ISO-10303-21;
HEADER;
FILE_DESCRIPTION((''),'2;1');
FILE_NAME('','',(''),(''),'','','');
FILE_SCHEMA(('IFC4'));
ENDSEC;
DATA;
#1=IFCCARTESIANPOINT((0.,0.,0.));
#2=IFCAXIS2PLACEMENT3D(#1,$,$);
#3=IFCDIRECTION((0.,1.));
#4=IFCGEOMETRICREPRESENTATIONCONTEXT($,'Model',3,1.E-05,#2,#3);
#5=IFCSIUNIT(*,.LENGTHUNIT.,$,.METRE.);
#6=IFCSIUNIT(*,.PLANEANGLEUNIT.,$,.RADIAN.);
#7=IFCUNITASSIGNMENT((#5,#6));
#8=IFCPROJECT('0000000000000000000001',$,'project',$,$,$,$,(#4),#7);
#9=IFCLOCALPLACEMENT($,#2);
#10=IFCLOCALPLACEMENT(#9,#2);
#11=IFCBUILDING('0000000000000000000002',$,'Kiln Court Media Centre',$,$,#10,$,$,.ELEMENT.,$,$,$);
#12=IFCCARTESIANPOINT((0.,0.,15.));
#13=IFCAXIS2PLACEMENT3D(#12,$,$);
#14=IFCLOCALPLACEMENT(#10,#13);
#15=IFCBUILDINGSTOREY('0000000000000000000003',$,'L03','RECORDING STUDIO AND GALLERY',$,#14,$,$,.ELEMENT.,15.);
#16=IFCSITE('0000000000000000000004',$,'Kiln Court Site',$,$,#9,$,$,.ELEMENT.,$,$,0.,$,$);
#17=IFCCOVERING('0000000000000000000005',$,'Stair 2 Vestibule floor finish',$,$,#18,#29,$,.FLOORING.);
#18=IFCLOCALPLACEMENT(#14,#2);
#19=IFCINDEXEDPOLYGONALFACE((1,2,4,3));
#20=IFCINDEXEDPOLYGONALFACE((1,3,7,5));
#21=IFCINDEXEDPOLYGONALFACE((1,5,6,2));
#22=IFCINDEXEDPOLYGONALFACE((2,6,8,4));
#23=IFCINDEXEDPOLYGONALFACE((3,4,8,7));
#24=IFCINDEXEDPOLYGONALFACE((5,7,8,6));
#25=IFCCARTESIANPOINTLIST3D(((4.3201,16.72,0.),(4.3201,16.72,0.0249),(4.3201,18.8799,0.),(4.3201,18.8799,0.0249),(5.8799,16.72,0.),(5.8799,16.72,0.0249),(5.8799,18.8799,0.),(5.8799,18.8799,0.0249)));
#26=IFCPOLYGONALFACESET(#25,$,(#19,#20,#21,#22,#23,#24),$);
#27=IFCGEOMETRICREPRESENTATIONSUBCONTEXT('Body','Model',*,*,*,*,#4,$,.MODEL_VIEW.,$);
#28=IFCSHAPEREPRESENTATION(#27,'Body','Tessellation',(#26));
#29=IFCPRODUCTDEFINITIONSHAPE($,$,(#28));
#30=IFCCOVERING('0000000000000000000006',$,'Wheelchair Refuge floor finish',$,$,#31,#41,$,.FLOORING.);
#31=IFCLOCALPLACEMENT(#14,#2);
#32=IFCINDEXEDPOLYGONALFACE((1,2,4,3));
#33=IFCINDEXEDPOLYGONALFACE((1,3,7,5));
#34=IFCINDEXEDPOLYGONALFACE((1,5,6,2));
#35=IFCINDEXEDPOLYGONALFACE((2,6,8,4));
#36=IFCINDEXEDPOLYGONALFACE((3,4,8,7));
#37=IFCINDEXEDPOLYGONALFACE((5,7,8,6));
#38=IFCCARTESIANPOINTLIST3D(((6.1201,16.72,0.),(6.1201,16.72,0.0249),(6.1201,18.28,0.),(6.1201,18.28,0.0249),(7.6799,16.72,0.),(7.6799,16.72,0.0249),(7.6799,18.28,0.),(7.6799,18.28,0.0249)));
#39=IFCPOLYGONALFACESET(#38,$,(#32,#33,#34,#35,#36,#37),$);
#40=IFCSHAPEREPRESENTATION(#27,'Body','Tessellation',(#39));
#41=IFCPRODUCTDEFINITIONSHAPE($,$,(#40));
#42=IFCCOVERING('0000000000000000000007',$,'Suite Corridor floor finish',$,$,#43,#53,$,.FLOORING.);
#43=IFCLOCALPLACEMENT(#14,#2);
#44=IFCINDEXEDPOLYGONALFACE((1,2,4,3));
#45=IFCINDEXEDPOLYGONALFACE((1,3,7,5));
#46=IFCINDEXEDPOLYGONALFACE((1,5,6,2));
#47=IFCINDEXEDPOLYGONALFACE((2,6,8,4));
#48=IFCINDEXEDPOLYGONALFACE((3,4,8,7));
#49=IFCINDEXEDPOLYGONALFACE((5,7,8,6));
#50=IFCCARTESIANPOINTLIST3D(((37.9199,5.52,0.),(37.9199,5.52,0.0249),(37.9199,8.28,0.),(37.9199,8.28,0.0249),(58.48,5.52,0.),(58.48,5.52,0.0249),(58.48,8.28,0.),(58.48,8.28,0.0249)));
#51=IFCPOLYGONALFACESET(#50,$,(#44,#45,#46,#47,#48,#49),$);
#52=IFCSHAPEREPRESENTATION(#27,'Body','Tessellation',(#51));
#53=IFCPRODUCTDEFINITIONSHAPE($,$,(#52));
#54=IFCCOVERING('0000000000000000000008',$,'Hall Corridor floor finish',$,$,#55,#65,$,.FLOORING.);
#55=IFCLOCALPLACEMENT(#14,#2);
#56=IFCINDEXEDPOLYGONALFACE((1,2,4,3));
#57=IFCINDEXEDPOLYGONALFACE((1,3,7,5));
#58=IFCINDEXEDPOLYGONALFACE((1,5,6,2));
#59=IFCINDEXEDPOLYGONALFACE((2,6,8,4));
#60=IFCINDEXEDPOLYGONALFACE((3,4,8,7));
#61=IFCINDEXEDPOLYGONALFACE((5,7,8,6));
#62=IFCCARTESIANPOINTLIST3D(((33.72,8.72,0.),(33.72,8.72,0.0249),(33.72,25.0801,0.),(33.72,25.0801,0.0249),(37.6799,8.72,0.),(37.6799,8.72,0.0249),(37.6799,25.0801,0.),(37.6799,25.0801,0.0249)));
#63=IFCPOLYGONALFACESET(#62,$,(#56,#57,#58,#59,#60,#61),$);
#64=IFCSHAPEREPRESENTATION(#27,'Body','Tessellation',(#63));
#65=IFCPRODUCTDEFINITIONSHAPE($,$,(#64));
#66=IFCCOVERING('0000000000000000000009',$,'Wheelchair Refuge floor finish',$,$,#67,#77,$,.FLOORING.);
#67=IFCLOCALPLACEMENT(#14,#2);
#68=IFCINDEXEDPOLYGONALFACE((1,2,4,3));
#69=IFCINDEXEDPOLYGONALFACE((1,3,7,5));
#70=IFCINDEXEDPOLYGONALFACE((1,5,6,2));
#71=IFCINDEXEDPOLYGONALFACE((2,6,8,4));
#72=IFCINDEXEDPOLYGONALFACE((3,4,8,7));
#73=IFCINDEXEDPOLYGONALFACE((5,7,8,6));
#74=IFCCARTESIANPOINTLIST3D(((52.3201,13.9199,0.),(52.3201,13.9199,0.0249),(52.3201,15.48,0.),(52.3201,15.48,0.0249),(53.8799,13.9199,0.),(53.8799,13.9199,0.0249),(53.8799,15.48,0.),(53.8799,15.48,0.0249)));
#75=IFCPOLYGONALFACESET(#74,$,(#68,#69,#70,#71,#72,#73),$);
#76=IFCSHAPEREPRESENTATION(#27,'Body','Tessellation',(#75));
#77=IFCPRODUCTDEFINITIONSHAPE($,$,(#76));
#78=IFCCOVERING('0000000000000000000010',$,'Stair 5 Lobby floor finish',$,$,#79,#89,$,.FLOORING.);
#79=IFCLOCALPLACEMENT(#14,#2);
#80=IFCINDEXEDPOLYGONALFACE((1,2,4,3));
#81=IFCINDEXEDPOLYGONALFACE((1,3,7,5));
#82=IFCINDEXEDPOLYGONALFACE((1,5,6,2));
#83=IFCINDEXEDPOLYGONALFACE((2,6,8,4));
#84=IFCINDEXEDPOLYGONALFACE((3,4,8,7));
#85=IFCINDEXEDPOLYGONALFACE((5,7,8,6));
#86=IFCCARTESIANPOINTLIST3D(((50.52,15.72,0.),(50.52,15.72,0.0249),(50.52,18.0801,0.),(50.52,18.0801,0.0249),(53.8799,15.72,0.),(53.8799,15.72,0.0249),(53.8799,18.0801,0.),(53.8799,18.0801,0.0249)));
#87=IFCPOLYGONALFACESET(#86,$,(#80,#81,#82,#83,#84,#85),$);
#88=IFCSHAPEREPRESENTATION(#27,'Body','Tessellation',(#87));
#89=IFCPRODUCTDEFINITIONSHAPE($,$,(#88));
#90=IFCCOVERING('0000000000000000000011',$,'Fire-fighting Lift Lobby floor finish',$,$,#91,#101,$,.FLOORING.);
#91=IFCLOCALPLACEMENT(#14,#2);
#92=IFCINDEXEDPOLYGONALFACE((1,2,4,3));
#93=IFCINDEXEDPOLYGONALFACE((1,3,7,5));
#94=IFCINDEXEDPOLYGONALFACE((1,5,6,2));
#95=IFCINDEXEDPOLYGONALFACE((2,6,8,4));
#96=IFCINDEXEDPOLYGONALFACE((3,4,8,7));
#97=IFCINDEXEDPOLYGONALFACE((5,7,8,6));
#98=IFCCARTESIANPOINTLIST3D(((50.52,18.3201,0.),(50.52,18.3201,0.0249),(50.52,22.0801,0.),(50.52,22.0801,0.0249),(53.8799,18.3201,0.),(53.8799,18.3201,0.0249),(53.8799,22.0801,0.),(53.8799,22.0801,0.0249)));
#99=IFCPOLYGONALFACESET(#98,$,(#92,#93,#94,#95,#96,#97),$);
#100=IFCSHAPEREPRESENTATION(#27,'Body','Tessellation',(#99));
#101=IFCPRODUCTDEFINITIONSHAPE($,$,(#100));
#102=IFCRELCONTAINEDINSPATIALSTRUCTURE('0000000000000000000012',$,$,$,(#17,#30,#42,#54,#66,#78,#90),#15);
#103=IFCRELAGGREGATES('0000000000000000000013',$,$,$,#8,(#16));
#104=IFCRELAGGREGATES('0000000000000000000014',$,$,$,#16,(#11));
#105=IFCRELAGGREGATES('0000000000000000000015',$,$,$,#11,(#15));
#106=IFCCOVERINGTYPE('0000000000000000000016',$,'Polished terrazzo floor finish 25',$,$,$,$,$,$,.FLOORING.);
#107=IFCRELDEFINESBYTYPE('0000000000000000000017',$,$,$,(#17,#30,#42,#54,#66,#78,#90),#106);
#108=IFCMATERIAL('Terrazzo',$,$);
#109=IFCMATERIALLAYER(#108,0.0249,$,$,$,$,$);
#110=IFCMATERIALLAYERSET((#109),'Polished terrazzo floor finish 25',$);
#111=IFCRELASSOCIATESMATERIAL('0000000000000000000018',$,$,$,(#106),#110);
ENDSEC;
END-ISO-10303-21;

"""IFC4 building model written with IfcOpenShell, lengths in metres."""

from ifc_helpers import new_model, si_unit, direction, frame, origin, place, context, subcontext, project, spatial, polyline, outline, extrude, material, layer, layer_set, type_object, element, save


model = new_model("IFC4")

# Units and contexts
model_context = context("Model", 3, precision=1e-05, world=origin(), true_north=direction((0.0, 1.0)))
body_context = subcontext(model_context, "Body", "Model", "MODEL_VIEW")
ifc_project = project(units=[si_unit("LENGTHUNIT", "METRE"), si_unit("PLANEANGLEUNIT", "RADIAN")], contexts=[model_context])

# Site, building, storey
site_placement = place(None, origin())
site = spatial("IfcSite", under=ifc_project, at=site_placement, Name="Kiln Court Site", CompositionType="ELEMENT", RefElevation=0.0)
building_placement = place(site_placement, origin())
building = spatial("IfcBuilding", under=site, at=building_placement, Name="Kiln Court Media Centre", CompositionType="ELEMENT")
storey_placement = place(building_placement, frame((0.0, 0.0, 15.0)))
storey = spatial("IfcBuildingStorey", under=building, at=storey_placement, Name="L03", Description="RECORDING STUDIO AND GALLERY", CompositionType="ELEMENT", Elevation=15.0)

# Coverings
ifc_material_1 = material(Name="Terrazzo")
ifc_layer_1 = layer(ifc_material_1, 0.0249)
ifc_layer_set_1 = layer_set([ifc_layer_1], Name="Polished terrazzo floor finish 25")
covering_type_1 = type_object("IfcCoveringType", Name="Polished terrazzo floor finish 25", PredefinedType="FLOORING", material=ifc_layer_set_1)
covering_1_placement = place(storey_placement, origin())
element("IfcCovering", 1, at=covering_1_placement, inside=storey, type_object=covering_type_1, Name="Stair 2 Vestibule floor finish", PredefinedType="FLOORING", context=body_context, shape_type="SweptSolid", body=[
    extrude(outline(polyline([(4.3201, 16.72), (5.8799, 16.72), (5.8799, 18.8799), (4.3201, 18.8799), (4.3201, 16.72)])), origin(), (0.0, 0.0, 1.0), 0.0249),
])
covering_2_placement = place(storey_placement, origin())
element("IfcCovering", 2, at=covering_2_placement, inside=storey, type_object=covering_type_1, Name="Wheelchair Refuge floor finish", PredefinedType="FLOORING", context=body_context, shape_type="SweptSolid", body=[
    extrude(outline(polyline([(6.1201, 16.72), (7.6799, 16.72), (7.6799, 18.28), (6.1201, 18.28), (6.1201, 16.72)])), origin(), (0.0, 0.0, 1.0), 0.0249),
])
covering_3_placement = place(storey_placement, origin())
element("IfcCovering", 3, at=covering_3_placement, inside=storey, type_object=covering_type_1, Name="Suite Corridor floor finish", PredefinedType="FLOORING", context=body_context, shape_type="SweptSolid", body=[
    extrude(outline(polyline([(37.9199, 5.52), (58.48, 5.52), (58.48, 8.28), (37.9199, 8.28), (37.9199, 5.52)])), origin(), (0.0, 0.0, 1.0), 0.0249),
])
covering_4_placement = place(storey_placement, origin())
element("IfcCovering", 4, at=covering_4_placement, inside=storey, type_object=covering_type_1, Name="Hall Corridor floor finish", PredefinedType="FLOORING", context=body_context, shape_type="SweptSolid", body=[
    extrude(outline(polyline([(33.72, 25.0801), (33.72, 8.72), (37.6799, 8.72), (37.6799, 25.0801), (33.72, 25.0801)])), origin(), (0.0, 0.0, 1.0), 0.0249),
])
covering_5_placement = place(storey_placement, origin())
element("IfcCovering", 5, at=covering_5_placement, inside=storey, type_object=covering_type_1, Name="Wheelchair Refuge floor finish", PredefinedType="FLOORING", context=body_context, shape_type="SweptSolid", body=[
    extrude(outline(polyline([(52.3201, 13.9199), (53.8799, 13.9199), (53.8799, 15.48), (52.3201, 15.48), (52.3201, 13.9199)])), origin(), (0.0, 0.0, 1.0), 0.0249),
])
covering_6_placement = place(storey_placement, origin())
element("IfcCovering", 6, at=covering_6_placement, inside=storey, type_object=covering_type_1, Name="Stair 5 Lobby floor finish", PredefinedType="FLOORING", context=body_context, shape_type="SweptSolid", body=[
    extrude(outline(polyline([(50.52, 15.72), (53.8799, 15.72), (53.8799, 18.0801), (50.52, 18.0801), (50.52, 15.72)])), origin(), (0.0, 0.0, 1.0), 0.0249),
])
covering_7_placement = place(storey_placement, origin())
element("IfcCovering", 7, at=covering_7_placement, inside=storey, type_object=covering_type_1, Name="Fire-fighting Lift Lobby floor finish", PredefinedType="FLOORING", context=body_context, shape_type="SweptSolid", body=[
    extrude(outline(polyline([(50.52, 18.3201), (53.8799, 18.3201), (53.8799, 22.0801), (50.52, 22.0801), (50.52, 18.3201)])), origin(), (0.0, 0.0, 1.0), 0.0249),
])

save(model, "model.ifc")
